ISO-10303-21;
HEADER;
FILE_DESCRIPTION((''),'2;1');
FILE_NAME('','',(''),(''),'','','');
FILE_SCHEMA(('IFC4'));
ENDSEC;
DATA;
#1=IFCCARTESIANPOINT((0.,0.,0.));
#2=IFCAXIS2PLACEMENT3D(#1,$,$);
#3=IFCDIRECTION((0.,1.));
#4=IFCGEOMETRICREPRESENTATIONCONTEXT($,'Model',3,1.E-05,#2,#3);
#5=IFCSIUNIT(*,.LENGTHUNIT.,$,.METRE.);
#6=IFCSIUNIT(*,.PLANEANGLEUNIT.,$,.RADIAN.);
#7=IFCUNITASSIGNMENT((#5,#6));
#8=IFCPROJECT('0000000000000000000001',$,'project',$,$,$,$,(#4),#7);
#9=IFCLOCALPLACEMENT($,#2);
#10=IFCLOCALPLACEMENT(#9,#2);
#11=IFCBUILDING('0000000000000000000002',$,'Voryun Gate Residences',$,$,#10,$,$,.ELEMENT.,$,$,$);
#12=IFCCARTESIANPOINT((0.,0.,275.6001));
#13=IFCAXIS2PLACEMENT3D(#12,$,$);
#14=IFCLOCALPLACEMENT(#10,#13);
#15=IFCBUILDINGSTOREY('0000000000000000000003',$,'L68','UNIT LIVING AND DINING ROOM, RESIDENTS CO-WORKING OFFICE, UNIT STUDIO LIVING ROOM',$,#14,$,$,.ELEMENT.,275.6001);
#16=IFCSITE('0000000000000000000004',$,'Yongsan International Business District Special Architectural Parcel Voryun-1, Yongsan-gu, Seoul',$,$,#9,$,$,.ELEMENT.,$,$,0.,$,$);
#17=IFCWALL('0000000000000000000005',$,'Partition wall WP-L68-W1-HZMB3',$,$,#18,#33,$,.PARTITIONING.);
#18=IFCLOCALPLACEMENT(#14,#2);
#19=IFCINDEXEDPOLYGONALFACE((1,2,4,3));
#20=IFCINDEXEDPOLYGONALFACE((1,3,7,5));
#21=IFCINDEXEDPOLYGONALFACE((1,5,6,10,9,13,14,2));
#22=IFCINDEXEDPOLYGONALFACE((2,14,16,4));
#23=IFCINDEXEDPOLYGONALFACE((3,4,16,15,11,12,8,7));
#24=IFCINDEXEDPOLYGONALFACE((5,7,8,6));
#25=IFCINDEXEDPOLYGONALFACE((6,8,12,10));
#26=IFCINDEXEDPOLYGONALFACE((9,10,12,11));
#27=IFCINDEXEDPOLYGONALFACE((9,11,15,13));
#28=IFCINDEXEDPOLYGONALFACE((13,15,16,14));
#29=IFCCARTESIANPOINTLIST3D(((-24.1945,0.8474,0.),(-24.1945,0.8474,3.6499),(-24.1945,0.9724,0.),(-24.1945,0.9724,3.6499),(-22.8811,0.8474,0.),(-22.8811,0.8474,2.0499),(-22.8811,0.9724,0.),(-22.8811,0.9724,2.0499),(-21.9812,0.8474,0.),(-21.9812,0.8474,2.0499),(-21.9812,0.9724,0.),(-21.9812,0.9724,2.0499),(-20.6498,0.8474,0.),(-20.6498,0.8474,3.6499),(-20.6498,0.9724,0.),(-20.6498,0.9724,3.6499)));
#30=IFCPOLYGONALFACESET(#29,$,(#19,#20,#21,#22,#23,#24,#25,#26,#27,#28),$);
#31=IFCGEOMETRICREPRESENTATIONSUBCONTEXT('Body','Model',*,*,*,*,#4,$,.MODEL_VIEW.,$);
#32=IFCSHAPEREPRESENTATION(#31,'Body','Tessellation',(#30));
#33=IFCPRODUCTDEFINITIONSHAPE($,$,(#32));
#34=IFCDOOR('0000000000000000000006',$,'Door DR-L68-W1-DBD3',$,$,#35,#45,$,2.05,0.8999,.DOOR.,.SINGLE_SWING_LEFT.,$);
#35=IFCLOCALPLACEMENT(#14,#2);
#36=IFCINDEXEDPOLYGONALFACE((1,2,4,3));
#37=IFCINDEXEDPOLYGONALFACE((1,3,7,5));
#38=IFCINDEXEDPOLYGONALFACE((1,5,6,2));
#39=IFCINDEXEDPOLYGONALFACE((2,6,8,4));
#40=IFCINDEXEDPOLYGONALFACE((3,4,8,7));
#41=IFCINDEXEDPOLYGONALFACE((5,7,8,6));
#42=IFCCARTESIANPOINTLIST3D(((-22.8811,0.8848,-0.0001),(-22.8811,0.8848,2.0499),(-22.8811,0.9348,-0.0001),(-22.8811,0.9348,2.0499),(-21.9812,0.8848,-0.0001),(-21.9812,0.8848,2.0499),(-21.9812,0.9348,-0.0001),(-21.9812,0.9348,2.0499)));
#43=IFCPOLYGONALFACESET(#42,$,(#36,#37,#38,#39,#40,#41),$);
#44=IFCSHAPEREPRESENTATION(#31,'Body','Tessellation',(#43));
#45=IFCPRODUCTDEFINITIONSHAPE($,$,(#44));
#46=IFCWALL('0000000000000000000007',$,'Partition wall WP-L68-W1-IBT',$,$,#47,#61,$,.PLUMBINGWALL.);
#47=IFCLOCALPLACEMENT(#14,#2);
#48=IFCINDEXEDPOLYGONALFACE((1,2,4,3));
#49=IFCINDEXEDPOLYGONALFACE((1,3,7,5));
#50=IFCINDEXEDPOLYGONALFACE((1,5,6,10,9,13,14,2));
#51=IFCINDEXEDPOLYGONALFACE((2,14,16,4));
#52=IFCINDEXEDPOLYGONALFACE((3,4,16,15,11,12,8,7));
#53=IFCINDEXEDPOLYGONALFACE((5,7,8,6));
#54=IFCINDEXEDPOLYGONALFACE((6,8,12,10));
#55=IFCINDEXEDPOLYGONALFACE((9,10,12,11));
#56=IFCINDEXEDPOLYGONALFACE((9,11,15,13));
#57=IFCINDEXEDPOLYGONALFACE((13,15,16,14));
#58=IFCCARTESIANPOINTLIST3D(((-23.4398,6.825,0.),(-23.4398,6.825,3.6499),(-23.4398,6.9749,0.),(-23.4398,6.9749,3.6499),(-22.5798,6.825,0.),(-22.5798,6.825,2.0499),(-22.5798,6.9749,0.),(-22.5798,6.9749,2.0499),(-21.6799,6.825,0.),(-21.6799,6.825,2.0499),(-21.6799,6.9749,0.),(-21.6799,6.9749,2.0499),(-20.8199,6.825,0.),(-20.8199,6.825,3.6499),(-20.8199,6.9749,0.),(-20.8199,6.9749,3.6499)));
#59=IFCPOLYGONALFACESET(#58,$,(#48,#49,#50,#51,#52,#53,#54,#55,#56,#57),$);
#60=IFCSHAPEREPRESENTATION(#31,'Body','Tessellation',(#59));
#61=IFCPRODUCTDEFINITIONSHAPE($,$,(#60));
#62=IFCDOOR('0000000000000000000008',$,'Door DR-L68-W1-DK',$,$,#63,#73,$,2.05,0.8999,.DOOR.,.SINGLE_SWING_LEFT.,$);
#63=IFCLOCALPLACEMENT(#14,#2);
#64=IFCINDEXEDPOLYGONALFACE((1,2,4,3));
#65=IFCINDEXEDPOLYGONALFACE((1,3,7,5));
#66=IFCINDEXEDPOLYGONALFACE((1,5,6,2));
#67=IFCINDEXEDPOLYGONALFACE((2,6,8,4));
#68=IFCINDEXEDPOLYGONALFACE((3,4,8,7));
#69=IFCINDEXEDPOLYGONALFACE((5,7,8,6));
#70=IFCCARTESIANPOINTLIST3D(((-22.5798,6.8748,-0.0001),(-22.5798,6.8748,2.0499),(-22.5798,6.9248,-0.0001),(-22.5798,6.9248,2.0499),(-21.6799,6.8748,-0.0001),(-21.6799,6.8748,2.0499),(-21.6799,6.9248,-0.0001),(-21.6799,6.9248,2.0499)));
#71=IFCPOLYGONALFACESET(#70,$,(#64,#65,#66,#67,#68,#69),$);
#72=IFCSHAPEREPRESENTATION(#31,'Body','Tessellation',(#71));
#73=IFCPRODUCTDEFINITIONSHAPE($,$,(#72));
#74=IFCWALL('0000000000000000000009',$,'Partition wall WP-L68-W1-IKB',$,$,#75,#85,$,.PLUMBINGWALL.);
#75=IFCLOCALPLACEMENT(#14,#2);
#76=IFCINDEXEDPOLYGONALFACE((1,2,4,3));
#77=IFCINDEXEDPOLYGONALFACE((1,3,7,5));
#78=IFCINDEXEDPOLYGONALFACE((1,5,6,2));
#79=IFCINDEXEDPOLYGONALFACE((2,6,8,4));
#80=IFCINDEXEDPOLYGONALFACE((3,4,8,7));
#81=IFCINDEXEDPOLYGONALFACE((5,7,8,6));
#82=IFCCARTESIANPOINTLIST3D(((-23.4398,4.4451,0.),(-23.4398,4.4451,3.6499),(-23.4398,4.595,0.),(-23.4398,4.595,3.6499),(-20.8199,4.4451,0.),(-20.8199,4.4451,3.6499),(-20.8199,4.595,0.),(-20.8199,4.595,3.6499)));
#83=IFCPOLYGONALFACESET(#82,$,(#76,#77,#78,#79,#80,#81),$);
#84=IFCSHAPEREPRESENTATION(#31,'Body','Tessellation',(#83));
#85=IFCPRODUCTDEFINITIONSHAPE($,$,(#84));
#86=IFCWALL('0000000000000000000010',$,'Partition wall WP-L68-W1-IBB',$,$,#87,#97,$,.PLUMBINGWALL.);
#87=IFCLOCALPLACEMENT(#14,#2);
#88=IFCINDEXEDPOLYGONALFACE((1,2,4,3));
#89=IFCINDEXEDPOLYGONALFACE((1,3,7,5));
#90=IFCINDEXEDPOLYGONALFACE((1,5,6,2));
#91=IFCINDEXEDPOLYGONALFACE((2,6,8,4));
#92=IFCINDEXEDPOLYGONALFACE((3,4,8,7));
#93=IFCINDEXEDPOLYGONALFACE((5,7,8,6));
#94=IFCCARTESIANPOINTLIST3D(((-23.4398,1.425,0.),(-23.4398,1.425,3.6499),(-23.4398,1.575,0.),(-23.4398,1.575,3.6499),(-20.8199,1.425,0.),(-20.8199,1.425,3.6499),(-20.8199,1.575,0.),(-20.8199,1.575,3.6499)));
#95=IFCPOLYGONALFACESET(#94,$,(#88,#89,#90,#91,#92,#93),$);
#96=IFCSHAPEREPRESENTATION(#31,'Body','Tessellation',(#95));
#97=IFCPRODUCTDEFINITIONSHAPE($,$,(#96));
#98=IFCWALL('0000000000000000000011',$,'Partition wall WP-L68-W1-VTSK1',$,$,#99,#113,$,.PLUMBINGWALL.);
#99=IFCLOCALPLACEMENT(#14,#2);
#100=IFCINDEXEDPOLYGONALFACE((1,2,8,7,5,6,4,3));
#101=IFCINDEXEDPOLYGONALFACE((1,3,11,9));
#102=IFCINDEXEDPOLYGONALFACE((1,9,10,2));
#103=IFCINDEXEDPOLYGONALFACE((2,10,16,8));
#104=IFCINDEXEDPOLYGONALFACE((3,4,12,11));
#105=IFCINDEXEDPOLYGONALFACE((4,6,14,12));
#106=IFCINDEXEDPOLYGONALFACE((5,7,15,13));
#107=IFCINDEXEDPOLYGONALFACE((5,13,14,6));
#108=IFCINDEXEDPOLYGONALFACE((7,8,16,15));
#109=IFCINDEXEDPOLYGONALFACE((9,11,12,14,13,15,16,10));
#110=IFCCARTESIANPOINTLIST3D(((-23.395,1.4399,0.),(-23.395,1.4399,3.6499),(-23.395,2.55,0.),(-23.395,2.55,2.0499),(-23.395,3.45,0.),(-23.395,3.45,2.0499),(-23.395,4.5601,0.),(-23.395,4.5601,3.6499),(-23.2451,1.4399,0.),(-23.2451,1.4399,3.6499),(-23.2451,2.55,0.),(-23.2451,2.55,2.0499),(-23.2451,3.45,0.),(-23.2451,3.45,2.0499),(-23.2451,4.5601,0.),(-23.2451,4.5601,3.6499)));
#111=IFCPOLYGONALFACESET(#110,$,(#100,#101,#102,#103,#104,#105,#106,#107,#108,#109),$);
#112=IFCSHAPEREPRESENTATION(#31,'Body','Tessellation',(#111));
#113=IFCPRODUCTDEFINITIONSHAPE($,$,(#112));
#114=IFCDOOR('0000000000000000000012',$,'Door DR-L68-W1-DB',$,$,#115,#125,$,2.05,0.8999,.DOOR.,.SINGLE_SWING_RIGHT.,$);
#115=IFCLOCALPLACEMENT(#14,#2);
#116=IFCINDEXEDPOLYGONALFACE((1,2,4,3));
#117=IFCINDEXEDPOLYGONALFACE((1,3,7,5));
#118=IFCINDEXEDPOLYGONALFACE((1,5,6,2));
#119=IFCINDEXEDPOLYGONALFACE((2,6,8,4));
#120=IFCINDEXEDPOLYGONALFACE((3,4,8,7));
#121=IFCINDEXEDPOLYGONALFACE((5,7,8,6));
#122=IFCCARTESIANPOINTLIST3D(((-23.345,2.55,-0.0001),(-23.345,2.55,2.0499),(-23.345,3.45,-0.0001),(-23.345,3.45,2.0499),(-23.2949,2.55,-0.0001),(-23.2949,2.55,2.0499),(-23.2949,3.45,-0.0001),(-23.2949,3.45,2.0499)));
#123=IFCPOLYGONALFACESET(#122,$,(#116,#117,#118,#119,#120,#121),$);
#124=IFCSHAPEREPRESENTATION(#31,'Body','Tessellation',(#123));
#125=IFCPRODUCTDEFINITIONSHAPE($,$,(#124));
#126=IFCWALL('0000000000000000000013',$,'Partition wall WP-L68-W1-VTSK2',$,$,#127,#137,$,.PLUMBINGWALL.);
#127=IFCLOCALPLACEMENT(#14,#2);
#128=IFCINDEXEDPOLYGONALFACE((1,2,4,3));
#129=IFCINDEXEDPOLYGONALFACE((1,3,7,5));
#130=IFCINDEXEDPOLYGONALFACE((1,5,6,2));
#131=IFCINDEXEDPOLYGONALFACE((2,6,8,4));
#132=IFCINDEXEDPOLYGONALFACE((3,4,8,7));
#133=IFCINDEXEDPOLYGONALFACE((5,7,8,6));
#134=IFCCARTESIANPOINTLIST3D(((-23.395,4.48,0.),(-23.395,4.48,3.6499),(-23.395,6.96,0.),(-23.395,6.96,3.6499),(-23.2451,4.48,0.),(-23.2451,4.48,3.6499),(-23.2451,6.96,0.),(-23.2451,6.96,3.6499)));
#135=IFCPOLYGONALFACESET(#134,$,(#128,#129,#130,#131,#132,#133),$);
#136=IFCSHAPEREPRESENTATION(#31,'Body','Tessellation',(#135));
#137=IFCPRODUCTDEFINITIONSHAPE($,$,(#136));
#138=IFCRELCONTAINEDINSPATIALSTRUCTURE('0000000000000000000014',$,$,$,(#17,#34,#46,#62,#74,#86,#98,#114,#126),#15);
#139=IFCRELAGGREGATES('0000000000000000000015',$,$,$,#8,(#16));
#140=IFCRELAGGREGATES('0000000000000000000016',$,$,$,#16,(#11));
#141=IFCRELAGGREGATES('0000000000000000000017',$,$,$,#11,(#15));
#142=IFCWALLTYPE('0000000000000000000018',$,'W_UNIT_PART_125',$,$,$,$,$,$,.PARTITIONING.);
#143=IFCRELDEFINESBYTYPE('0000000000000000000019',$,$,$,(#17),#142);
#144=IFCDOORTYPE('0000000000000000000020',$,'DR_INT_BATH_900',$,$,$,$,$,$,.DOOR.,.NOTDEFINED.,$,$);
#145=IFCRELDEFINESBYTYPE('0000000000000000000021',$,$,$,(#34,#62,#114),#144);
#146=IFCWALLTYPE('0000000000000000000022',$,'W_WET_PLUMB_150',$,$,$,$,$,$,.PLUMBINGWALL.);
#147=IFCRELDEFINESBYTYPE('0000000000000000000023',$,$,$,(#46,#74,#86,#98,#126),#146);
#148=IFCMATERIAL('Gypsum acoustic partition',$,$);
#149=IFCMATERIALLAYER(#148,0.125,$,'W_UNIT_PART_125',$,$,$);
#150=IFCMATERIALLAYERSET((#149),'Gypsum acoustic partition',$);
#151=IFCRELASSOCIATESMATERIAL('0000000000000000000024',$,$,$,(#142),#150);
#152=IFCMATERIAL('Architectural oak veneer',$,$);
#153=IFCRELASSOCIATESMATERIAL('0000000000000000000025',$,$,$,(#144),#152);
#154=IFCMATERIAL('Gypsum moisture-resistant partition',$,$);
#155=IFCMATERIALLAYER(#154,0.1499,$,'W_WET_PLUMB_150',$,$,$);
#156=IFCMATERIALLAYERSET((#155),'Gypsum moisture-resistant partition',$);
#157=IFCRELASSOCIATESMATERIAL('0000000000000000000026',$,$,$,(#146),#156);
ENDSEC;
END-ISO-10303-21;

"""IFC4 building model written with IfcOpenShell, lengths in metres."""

from ifc_helpers import new_model, si_unit, direction, frame, frame_2d, origin, place, context, subcontext, project, spatial, rectangle, extrude, material, layer, layer_set, type_object, element, fill, save


model = new_model("IFC4")

# Units and contexts
model_context = context("Model", 3, precision=1e-05, world=origin(), true_north=direction((0.0, 1.0)))
body_context = subcontext(model_context, "Body", "Model", "MODEL_VIEW")
ifc_project = project(units=[si_unit("LENGTHUNIT", "METRE"), si_unit("PLANEANGLEUNIT", "RADIAN")], contexts=[model_context])

# Site, building, storey
site_placement = place(None, origin())
site = spatial("IfcSite", under=ifc_project, at=site_placement, Name="Yongsan International Business District Special Architectural Parcel Voryun-1, Yongsan-gu, Seoul", CompositionType="ELEMENT", RefElevation=0.0)
building_placement = place(site_placement, origin())
building = spatial("IfcBuilding", under=site, at=building_placement, Name="Voryun Gate Residences", CompositionType="ELEMENT")
storey_placement = place(building_placement, frame((0.0, 0.0, 275.6001)))
storey = spatial("IfcBuildingStorey", under=building, at=storey_placement, Name="L68", Description="UNIT LIVING AND DINING ROOM, RESIDENTS CO-WORKING OFFICE, UNIT STUDIO LIVING ROOM", CompositionType="ELEMENT", Elevation=275.6001)

# Walls, openings, doors
ifc_material_1 = material(Name="Gypsum acoustic partition")
ifc_layer_1 = layer(ifc_material_1, 0.125, Name="W_UNIT_PART_125")
ifc_layer_set_1 = layer_set([ifc_layer_1], Name="Gypsum acoustic partition")
wall_type_1 = type_object("IfcWallType", Name="W_UNIT_PART_125", PredefinedType="PARTITIONING", material=ifc_layer_set_1)
ifc_material_2 = material(Name="Architectural oak veneer")
door_type_1 = type_object("IfcDoorType", Name="DR_INT_BATH_900", OperationType="NOTDEFINED", PredefinedType="DOOR", material=ifc_material_2)
wall_1_placement = place(storey_placement, frame((-24.1946, 0.9099, 0.0), z_axis=(0.0, 0.0, 1.0), x_axis=(1.0, 0.0, 0.0)))
wall_1 = element("IfcWall", 1, at=wall_1_placement, inside=storey, type_object=wall_type_1, Name="Partition wall WP-L68-W1-HZMB3", PredefinedType="PARTITIONING", context=body_context, shape_type="SweptSolid", body=[
    extrude(rectangle(XDim=3.5447, YDim=0.125, at=frame_2d((1.7725, 0.0))), origin(), (0.0, 0.0, 1.0), 3.6499),
])
opening_1_placement = place(wall_1_placement, frame((1.3135, 0.0, 0.0)))
opening_1 = element("IfcOpeningElement", 2, at=opening_1_placement, cuts=wall_1, PredefinedType="OPENING", context=body_context, shape_type="SweptSolid", body=[
    extrude(rectangle(XDim=0.8999, YDim=2.05, at=frame_2d((0.45, 1.0249))), frame((0.0, 0.0725, 0.0), z_axis=(0.0, -1.0, 0.0), x_axis=(1.0, 0.0, 0.0)), (0.0, 0.0, 1.0), 0.145),
])
door_1_placement = place(opening_1_placement, origin())
door_1 = element("IfcDoor", 3, at=door_1_placement, inside=storey, type_object=door_type_1, Name="Door DR-L68-W1-DBD3", OperationType="SINGLE_SWING_LEFT", OverallHeight=2.05, OverallWidth=0.8999, PredefinedType="DOOR", context=body_context, shape_type="SweptSolid", body=[
    extrude(rectangle(XDim=0.8999, YDim=2.05, at=frame_2d((0.45, 1.0249))), frame((0.0, 0.0249, 0.0), z_axis=(0.0, -1.0, 0.0), x_axis=(1.0, 0.0, 0.0)), (0.0, 0.0, 1.0), 0.05),
])
fill(opening_1, door_1)
ifc_material_3 = material(Name="Gypsum moisture-resistant partition")
ifc_layer_2 = layer(ifc_material_3, 0.1499, Name="W_WET_PLUMB_150")
ifc_layer_set_2 = layer_set([ifc_layer_2], Name="Gypsum moisture-resistant partition")
wall_type_2 = type_object("IfcWallType", Name="W_WET_PLUMB_150", PredefinedType="PLUMBINGWALL", material=ifc_layer_set_2)
wall_2_placement = place(storey_placement, frame((-23.4399, 6.8999, 0.0), z_axis=(0.0, 0.0, 1.0), x_axis=(1.0, 0.0, 0.0)))
wall_2 = element("IfcWall", 4, at=wall_2_placement, inside=storey, type_object=wall_type_2, Name="Partition wall WP-L68-W1-IBT", PredefinedType="PLUMBINGWALL", context=body_context, shape_type="SweptSolid", body=[
    extrude(rectangle(XDim=2.6199, YDim=0.1499, at=frame_2d((1.3101, 0.0))), origin(), (0.0, 0.0, 1.0), 3.6499),
])
opening_2_placement = place(wall_2_placement, frame((0.8601, 0.0, 0.0)))
opening_2 = element("IfcOpeningElement", 5, at=opening_2_placement, cuts=wall_2, PredefinedType="OPENING", context=body_context, shape_type="SweptSolid", body=[
    extrude(rectangle(XDim=0.8999, YDim=2.05, at=frame_2d((0.45, 1.0249))), frame((0.0, 0.085, 0.0), z_axis=(0.0, -1.0, 0.0), x_axis=(1.0, 0.0, 0.0)), (0.0, 0.0, 1.0), 0.1699),
])
door_2_placement = place(opening_2_placement, origin())
door_2 = element("IfcDoor", 6, at=door_2_placement, inside=storey, type_object=door_type_1, Name="Door DR-L68-W1-DK", OperationType="SINGLE_SWING_LEFT", OverallHeight=2.05, OverallWidth=0.8999, PredefinedType="DOOR", context=body_context, shape_type="SweptSolid", body=[
    extrude(rectangle(XDim=0.8999, YDim=2.05, at=frame_2d((0.45, 1.0249))), frame((0.0, 0.0249, 0.0), z_axis=(0.0, -1.0, 0.0), x_axis=(1.0, 0.0, 0.0)), (0.0, 0.0, 1.0), 0.05),
])
fill(opening_2, door_2)

# Walls
for number, where, z_axis, x_axis, name in (
    (7, (-23.4399, 4.52, 0.0), (0.0, 0.0, 1.0), (1.0, 0.0, 0.0), "Partition wall WP-L68-W1-IKB"),
    (8, (-23.4399, 1.5, 0.0), (0.0, 0.0, 1.0), (1.0, 0.0, 0.0), "Partition wall WP-L68-W1-IBB"),
):
    element("IfcWall", number, at=place(storey_placement, frame(where, z_axis=z_axis, x_axis=x_axis)), inside=storey, type_object=wall_type_2, Name=name, PredefinedType="PLUMBINGWALL", context=body_context, shape_type="SweptSolid", body=[
        extrude(rectangle(XDim=2.6199, YDim=0.1499, at=frame_2d((1.3101, 0.0))), origin(), (0.0, 0.0, 1.0), 3.6499),
    ])

# Wall, opening, door
wall_3_placement = place(storey_placement, frame((-23.3201, 1.4399, 0.0), z_axis=(0.0, 0.0, 1.0), x_axis=(0.0, 1.0, 0.0)))
wall_3 = element("IfcWall", 9, at=wall_3_placement, inside=storey, type_object=wall_type_2, Name="Partition wall WP-L68-W1-VTSK1", PredefinedType="PLUMBINGWALL", context=body_context, shape_type="SweptSolid", body=[
    extrude(rectangle(XDim=3.1201, YDim=0.1499, at=frame_2d((1.5601, 0.0))), origin(), (0.0, 0.0, 1.0), 3.6499),
])
opening_3_placement = place(wall_3_placement, frame((1.1101, 0.0, 0.0)))
opening_3 = element("IfcOpeningElement", 10, at=opening_3_placement, cuts=wall_3, PredefinedType="OPENING", context=body_context, shape_type="SweptSolid", body=[
    extrude(rectangle(XDim=0.8999, YDim=2.05, at=frame_2d((0.45, 1.0249))), frame((0.0, 0.085, 0.0), z_axis=(0.0, -1.0, 0.0), x_axis=(1.0, 0.0, 0.0)), (0.0, 0.0, 1.0), 0.1699),
])
door_3_placement = place(opening_3_placement, origin())
door_3 = element("IfcDoor", 11, at=door_3_placement, inside=storey, type_object=door_type_1, Name="Door DR-L68-W1-DB", OperationType="SINGLE_SWING_RIGHT", OverallHeight=2.05, OverallWidth=0.8999, PredefinedType="DOOR", context=body_context, shape_type="SweptSolid", body=[
    extrude(rectangle(XDim=0.8999, YDim=2.05, at=frame_2d((0.45, 1.0249))), frame((0.0, 0.0249, 0.0), z_axis=(0.0, -1.0, 0.0), x_axis=(1.0, 0.0, 0.0)), (0.0, 0.0, 1.0), 0.05),
])
fill(opening_3, door_3)

# Wall
wall_4_placement = place(storey_placement, frame((-23.3201, 4.48, 0.0), z_axis=(0.0, 0.0, 1.0), x_axis=(0.0, 1.0, 0.0)))
element("IfcWall", 12, at=wall_4_placement, inside=storey, type_object=wall_type_2, Name="Partition wall WP-L68-W1-VTSK2", PredefinedType="PLUMBINGWALL", context=body_context, shape_type="SweptSolid", body=[
    extrude(rectangle(XDim=2.48, YDim=0.1499, at=frame_2d((1.24, 0.0))), origin(), (0.0, 0.0, 1.0), 3.6499),
])

save(model, "model.ifc")
